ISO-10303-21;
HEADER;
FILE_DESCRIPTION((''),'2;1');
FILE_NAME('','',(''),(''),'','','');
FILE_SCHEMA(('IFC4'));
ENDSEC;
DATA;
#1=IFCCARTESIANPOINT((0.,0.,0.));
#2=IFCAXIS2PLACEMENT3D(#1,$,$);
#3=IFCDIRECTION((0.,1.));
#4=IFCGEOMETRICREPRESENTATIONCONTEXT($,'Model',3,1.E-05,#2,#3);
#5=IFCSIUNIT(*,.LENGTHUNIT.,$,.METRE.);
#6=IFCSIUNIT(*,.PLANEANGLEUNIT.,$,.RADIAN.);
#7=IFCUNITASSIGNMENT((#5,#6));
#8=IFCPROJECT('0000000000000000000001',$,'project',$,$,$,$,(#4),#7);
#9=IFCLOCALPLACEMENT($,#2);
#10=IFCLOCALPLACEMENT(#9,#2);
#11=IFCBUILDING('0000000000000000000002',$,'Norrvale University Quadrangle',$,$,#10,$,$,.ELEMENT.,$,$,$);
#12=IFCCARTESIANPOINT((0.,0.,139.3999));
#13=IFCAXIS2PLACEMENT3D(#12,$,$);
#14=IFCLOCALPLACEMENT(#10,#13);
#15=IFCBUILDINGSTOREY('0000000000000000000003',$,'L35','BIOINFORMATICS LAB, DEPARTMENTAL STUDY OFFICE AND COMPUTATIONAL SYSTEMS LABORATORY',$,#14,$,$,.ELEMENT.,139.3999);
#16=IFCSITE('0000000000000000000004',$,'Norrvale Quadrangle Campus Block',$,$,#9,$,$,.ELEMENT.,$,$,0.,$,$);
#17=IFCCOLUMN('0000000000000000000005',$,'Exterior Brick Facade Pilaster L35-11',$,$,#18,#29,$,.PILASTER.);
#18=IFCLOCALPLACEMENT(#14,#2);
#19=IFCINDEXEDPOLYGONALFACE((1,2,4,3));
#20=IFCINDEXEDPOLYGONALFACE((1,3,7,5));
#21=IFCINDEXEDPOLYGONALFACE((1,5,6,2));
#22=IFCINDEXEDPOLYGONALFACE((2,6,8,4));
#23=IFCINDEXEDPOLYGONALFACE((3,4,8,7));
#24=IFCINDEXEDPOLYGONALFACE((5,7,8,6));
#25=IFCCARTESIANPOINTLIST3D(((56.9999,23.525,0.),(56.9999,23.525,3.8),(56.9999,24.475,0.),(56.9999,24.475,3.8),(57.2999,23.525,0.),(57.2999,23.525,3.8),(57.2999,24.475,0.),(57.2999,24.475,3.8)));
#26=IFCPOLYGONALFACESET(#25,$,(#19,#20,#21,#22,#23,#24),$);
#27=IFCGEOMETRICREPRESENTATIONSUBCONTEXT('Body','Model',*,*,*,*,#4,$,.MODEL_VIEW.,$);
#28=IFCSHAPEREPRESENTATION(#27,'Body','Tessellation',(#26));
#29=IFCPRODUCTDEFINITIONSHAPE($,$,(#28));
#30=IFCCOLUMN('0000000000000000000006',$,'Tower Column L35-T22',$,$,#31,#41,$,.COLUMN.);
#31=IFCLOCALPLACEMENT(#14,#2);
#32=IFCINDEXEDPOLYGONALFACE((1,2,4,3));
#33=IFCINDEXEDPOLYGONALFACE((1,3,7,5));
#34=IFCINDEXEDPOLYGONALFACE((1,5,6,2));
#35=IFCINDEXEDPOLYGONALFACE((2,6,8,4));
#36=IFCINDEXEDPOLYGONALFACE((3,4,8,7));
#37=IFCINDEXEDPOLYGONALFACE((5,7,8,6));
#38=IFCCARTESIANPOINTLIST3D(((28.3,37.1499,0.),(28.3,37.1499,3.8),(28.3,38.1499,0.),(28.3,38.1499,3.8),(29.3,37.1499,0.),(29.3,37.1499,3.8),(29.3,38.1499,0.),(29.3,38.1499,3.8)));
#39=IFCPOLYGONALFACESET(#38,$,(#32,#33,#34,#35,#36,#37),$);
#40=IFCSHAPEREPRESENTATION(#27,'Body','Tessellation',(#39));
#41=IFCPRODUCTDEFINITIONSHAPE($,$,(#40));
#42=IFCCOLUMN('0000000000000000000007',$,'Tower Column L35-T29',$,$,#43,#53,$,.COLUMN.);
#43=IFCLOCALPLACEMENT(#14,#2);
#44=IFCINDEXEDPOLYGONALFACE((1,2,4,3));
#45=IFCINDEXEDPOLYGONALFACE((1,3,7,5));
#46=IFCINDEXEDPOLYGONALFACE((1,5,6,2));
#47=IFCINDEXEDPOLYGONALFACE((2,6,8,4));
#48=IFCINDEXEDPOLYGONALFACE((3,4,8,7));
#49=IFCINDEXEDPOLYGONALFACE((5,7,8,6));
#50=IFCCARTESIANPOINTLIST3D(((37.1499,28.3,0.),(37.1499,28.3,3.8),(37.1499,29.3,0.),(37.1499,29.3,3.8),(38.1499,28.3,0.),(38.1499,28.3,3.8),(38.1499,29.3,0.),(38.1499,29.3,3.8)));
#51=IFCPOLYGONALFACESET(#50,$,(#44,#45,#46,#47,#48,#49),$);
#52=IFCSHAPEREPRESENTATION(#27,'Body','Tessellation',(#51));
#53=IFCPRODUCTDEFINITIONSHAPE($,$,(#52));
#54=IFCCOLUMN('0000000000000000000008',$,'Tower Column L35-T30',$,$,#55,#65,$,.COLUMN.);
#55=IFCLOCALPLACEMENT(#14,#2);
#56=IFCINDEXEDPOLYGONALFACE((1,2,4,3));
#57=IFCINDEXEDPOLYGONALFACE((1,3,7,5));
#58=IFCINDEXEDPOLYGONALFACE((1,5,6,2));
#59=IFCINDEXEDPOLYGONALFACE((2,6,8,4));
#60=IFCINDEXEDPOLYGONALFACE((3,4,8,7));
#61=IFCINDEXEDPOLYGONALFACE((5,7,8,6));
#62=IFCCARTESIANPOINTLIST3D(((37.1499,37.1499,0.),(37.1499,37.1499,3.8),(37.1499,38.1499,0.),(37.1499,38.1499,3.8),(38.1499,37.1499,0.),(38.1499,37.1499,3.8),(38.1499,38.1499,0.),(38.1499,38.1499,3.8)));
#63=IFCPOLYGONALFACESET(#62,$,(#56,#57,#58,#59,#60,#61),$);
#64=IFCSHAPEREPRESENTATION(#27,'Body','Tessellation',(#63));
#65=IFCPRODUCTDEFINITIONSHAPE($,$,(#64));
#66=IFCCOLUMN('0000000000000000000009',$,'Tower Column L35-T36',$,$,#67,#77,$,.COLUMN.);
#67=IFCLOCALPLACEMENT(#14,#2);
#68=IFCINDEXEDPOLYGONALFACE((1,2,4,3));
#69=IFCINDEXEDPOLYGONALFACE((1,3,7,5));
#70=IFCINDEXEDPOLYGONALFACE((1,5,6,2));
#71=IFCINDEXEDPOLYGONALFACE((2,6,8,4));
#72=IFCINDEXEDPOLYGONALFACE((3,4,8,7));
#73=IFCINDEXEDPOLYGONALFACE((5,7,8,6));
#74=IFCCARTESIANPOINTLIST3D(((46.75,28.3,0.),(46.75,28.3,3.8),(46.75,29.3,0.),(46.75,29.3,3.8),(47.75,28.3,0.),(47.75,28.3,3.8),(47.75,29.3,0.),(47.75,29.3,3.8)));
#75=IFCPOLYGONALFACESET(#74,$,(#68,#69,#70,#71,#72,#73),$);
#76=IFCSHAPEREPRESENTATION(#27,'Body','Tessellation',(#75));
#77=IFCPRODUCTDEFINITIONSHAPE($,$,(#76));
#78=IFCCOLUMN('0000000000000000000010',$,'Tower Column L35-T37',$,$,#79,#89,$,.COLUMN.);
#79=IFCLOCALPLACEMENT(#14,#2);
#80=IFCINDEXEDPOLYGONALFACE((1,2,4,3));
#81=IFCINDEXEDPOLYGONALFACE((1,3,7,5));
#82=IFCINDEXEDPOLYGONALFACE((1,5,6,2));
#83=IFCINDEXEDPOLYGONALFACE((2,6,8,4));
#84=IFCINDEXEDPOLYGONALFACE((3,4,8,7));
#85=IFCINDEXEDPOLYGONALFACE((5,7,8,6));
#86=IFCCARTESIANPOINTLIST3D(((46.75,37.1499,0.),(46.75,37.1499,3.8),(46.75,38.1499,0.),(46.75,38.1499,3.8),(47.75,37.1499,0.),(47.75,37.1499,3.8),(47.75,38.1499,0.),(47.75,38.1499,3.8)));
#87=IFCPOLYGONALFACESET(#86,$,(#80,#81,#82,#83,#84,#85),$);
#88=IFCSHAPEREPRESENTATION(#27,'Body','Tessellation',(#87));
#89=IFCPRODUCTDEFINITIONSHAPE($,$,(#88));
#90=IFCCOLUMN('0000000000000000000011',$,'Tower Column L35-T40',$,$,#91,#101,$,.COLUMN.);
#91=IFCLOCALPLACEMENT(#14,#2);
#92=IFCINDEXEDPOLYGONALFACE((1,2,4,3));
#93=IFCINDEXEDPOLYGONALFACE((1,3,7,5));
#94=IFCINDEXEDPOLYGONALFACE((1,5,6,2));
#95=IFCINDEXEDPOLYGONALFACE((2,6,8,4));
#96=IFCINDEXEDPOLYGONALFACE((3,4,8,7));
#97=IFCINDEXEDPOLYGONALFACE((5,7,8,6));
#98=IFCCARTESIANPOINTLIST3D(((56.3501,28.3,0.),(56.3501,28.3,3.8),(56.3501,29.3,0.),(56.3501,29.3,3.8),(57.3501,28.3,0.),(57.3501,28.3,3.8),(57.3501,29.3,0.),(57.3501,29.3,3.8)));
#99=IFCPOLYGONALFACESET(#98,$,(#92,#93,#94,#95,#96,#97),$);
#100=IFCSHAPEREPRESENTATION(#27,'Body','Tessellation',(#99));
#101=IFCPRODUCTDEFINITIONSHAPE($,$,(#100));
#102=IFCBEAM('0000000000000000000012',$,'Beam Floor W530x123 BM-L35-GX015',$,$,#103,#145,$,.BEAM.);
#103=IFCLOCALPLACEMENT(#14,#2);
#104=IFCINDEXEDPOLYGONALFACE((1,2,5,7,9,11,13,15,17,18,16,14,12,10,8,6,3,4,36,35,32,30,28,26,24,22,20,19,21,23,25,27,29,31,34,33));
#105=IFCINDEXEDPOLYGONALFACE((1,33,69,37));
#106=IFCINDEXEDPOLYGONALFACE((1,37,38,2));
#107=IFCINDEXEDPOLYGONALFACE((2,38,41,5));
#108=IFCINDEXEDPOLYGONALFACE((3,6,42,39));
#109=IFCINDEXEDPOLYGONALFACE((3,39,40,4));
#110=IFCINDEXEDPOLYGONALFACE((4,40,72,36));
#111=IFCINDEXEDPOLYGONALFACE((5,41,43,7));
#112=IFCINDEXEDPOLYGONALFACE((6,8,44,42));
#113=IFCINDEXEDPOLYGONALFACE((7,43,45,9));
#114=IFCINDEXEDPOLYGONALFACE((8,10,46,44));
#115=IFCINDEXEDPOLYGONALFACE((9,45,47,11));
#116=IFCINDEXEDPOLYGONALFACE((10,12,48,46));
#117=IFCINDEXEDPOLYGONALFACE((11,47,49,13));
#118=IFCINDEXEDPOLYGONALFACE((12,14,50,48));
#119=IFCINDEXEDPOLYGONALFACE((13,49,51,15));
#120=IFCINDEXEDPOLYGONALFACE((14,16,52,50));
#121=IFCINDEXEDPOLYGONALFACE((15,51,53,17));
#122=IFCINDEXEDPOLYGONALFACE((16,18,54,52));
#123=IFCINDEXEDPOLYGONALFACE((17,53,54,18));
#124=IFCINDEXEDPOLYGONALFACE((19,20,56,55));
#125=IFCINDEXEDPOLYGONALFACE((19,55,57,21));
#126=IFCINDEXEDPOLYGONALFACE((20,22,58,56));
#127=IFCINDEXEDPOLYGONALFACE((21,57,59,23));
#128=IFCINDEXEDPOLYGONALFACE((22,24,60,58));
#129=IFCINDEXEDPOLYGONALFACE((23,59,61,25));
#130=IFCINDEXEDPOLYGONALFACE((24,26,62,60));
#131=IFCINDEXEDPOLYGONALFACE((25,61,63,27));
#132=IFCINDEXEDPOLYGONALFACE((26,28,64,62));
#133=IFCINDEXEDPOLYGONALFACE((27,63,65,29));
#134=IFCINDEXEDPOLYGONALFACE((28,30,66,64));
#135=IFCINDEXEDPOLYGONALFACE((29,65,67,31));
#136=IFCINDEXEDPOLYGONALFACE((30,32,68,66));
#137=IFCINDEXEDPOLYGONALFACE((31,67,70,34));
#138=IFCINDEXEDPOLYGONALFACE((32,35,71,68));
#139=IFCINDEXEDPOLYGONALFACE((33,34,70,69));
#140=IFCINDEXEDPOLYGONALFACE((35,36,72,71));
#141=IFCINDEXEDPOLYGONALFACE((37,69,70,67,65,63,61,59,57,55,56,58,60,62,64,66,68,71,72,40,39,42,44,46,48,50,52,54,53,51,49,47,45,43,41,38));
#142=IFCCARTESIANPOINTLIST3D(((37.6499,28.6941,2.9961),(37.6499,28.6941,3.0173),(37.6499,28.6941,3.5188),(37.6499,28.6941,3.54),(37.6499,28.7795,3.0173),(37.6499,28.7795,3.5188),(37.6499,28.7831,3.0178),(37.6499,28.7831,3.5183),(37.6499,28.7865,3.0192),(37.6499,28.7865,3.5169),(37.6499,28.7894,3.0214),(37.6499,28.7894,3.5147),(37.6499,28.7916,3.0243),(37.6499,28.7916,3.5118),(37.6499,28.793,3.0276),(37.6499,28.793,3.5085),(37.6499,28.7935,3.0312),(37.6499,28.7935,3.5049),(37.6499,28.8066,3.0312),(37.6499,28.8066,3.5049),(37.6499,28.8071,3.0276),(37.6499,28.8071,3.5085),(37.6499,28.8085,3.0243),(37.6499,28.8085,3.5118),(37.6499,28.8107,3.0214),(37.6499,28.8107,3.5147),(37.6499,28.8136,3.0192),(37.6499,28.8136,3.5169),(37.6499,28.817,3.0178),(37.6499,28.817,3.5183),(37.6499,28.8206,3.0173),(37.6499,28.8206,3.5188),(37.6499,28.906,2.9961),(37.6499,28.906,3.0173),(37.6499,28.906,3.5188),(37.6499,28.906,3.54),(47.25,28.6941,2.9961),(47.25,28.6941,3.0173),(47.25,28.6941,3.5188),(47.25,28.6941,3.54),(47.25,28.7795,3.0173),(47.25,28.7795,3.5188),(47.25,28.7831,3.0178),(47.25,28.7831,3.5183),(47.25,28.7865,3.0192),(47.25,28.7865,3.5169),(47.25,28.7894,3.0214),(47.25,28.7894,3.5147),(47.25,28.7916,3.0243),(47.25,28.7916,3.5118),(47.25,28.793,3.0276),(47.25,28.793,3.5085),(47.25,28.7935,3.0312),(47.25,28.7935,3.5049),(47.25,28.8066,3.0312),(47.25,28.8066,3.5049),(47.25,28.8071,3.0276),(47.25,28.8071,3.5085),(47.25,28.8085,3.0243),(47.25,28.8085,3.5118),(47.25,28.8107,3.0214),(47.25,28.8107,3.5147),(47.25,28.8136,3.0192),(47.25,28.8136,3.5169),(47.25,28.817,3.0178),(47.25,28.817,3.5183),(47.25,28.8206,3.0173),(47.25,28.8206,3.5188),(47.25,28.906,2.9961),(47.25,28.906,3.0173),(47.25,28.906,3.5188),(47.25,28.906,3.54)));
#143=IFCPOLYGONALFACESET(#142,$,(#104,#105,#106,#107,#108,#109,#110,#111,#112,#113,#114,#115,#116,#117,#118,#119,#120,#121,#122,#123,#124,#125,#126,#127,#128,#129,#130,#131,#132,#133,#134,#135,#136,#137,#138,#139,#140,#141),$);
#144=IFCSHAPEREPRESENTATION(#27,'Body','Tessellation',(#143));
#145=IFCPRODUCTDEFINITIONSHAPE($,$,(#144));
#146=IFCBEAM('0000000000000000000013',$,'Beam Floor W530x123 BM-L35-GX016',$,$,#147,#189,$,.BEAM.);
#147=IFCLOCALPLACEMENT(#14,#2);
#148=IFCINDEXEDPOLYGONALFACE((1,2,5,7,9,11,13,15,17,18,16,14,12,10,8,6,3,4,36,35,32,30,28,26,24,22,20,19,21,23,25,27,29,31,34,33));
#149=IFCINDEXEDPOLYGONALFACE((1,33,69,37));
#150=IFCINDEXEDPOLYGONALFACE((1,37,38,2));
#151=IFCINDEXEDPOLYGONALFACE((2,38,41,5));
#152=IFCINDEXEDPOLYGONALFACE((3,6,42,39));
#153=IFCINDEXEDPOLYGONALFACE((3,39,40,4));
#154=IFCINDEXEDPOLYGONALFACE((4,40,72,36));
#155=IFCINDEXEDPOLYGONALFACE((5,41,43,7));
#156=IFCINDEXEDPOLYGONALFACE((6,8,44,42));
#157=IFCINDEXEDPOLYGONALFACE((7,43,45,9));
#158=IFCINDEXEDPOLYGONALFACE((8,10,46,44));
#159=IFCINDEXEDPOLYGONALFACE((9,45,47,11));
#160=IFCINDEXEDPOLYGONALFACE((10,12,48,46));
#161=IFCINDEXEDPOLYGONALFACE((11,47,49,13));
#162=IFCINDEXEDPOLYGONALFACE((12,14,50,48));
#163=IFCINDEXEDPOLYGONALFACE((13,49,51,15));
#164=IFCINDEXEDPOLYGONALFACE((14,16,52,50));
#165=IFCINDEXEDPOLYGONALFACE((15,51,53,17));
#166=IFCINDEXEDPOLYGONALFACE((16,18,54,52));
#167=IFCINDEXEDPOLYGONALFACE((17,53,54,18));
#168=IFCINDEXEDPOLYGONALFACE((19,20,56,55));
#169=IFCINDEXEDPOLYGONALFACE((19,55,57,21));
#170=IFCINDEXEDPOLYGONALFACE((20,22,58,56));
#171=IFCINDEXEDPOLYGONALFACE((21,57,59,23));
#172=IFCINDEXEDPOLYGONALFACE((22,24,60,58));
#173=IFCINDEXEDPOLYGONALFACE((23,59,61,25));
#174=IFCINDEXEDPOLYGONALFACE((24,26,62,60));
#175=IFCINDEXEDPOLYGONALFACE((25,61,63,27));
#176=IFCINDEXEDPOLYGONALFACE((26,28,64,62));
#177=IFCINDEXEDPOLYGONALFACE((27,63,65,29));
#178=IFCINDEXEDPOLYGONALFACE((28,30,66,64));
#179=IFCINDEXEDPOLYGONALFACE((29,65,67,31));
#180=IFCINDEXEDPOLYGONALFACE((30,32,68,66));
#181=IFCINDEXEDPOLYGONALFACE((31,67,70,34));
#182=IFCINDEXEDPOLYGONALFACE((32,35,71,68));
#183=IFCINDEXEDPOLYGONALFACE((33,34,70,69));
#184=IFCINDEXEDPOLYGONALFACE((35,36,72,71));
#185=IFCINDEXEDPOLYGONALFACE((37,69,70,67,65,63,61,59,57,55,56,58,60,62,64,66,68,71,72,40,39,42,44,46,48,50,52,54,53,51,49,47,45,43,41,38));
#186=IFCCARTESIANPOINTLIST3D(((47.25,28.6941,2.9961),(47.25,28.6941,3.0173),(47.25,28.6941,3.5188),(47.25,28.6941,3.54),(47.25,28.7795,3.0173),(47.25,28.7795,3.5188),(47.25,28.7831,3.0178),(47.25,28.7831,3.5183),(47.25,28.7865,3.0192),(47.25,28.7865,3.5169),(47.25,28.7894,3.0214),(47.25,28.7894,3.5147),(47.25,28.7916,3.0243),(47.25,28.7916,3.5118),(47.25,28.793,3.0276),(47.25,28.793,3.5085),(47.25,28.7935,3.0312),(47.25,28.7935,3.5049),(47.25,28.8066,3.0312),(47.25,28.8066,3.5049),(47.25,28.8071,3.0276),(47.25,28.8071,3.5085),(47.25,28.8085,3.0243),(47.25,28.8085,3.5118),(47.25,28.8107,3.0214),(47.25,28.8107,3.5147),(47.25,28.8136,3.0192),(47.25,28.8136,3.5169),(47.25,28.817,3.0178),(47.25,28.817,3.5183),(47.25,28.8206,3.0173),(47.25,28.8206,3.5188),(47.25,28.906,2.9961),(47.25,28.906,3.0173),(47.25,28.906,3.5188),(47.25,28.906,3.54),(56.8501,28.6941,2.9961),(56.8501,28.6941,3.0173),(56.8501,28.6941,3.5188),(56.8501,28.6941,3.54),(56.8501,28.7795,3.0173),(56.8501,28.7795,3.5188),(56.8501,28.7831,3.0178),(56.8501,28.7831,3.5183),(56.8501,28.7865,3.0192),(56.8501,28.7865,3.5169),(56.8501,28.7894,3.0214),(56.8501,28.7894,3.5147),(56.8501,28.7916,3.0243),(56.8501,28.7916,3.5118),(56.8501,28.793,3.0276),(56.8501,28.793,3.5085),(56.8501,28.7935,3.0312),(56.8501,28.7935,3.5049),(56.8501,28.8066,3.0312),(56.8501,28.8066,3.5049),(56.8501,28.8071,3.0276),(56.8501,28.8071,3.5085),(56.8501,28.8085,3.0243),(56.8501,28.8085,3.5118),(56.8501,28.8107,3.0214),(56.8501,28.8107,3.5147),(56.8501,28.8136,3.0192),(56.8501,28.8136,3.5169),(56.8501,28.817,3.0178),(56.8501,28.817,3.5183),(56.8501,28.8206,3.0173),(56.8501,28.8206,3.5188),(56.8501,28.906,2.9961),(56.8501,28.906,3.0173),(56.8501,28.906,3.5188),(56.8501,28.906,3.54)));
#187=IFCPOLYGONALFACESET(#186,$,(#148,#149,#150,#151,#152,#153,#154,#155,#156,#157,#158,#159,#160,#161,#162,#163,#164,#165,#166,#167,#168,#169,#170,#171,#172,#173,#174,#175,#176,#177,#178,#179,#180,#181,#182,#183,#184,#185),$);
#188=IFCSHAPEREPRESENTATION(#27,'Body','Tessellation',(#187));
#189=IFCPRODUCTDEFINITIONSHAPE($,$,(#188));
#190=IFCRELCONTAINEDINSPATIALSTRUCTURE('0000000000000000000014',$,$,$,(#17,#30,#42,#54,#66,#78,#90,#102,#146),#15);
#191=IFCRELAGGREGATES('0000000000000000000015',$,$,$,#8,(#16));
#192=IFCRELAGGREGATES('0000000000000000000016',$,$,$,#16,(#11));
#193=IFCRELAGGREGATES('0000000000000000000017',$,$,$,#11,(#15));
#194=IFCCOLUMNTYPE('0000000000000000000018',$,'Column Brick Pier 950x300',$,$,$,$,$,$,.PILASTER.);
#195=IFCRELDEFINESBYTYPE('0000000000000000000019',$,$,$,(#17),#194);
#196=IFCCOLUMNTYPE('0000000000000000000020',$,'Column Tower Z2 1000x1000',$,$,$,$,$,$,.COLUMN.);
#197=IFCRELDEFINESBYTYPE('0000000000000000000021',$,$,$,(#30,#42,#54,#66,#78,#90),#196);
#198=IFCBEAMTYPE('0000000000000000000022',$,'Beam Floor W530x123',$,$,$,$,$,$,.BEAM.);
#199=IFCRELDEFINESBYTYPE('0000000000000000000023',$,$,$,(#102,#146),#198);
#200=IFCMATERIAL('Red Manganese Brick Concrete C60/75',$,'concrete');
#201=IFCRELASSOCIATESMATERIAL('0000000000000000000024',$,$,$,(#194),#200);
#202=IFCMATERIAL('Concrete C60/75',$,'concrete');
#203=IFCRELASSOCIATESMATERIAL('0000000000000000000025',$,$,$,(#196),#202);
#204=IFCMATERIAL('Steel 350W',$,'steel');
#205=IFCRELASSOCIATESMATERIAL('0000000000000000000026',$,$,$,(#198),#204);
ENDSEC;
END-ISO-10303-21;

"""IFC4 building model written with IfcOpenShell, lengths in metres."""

from ifc_helpers import new_model, si_unit, direction, frame, origin, origin_2d, place, context, subcontext, project, spatial, rectangle, i_section, extrude, material, material_profile, profile_set, type_object, element, save


model = new_model("IFC4")

# Units and contexts
model_context = context("Model", 3, precision=1e-05, world=origin(), true_north=direction((0.0, 1.0)))
body_context = subcontext(model_context, "Body", "Model", "MODEL_VIEW")
ifc_project = project(units=[si_unit("LENGTHUNIT", "METRE"), si_unit("PLANEANGLEUNIT", "RADIAN")], contexts=[model_context])

# Site, building, storey
site_placement = place(None, origin())
site = spatial("IfcSite", under=ifc_project, at=site_placement, Name="Norrvale Quadrangle Campus Block", CompositionType="ELEMENT", RefElevation=0.0)
building_placement = place(site_placement, origin())
building = spatial("IfcBuilding", under=site, at=building_placement, Name="Norrvale University Quadrangle", CompositionType="ELEMENT")
storey_placement = place(building_placement, frame((0.0, 0.0, 139.3999)))
storey = spatial("IfcBuildingStorey", under=building, at=storey_placement, Name="L35", Description="BIOINFORMATICS LAB, DEPARTMENTAL STUDY OFFICE AND COMPUTATIONAL SYSTEMS LABORATORY", CompositionType="ELEMENT", Elevation=139.3999)

# Columns
ifc_material_1 = material(Name="Red Manganese Brick Concrete C60/75", Category="concrete")
ifc_material_profile_1 = material_profile(ifc_material_1, rectangle(XDim=0.95, YDim=0.3, at=origin_2d()), Name="Red Manganese Brick Concrete C60/75")
ifc_profile_set_1 = profile_set([ifc_material_profile_1], Name="Red Manganese Brick Concrete C60/75")
column_type_1 = type_object("IfcColumnType", Name="Column Brick Pier 950x300", PredefinedType="PILASTER", material=ifc_profile_set_1)
column_placement = place(storey_placement, frame((57.1499, 24.0, 0.0), z_axis=(0.0, 0.0, 1.0), x_axis=(0.0, 1.0, 0.0)))
element("IfcColumn", 1, at=column_placement, inside=storey, type_object=column_type_1, Name="Exterior Brick Facade Pilaster L35-11", PredefinedType="PILASTER", context=body_context, shape_type="SweptSolid", body=[
    extrude(rectangle(XDim=0.95, YDim=0.3, at=origin_2d()), origin(), (0.0, 0.0, 1.0), 3.8),
])
ifc_material_2 = material(Name="Concrete C60/75", Category="concrete")
ifc_material_profile_2 = material_profile(ifc_material_2, rectangle(XDim=1.0, YDim=1.0, at=origin_2d()), Name="Concrete C60/75")
ifc_profile_set_2 = profile_set([ifc_material_profile_2], Name="Concrete C60/75")
column_type_2 = type_object("IfcColumnType", Name="Column Tower Z2 1000x1000", PredefinedType="COLUMN", material=ifc_profile_set_2)
for number, where, z_axis, x_axis, name in (
    (2, (28.8, 37.6499, 0.0), (0.0, 0.0, 1.0), (1.0, 0.0, 0.0), "Tower Column L35-T22"),
    (3, (37.6499, 28.8, 0.0), (0.0, 0.0, 1.0), (1.0, 0.0, 0.0), "Tower Column L35-T29"),
    (4, (37.6499, 37.6499, 0.0), (0.0, 0.0, 1.0), (1.0, 0.0, 0.0), "Tower Column L35-T30"),
    (5, (47.25, 28.8, 0.0), (0.0, 0.0, 1.0), (1.0, 0.0, 0.0), "Tower Column L35-T36"),
    (6, (47.25, 37.6499, 0.0), (0.0, 0.0, 1.0), (1.0, 0.0, 0.0), "Tower Column L35-T37"),
    (7, (56.8501, 28.8, 0.0), (0.0, 0.0, 1.0), (1.0, 0.0, 0.0), "Tower Column L35-T40"),
):
    element("IfcColumn", number, at=place(storey_placement, frame(where, z_axis=z_axis, x_axis=x_axis)), inside=storey, type_object=column_type_2, Name=name, PredefinedType="COLUMN", context=body_context, shape_type="SweptSolid", body=[
        extrude(rectangle(XDim=1.0, YDim=1.0, at=origin_2d()), origin(), (0.0, 0.0, 1.0), 3.8),
    ])

# Beams
ifc_material_3 = material(Name="Steel 350W", Category="steel")
ifc_material_profile_3 = material_profile(ifc_material_3, i_section(OverallWidth=0.2119, OverallDepth=0.5439, WebThickness=0.0132, FlangeThickness=0.0212, FilletRadius=0.0139, at=origin_2d()), Name="Steel 350W")
ifc_profile_set_3 = profile_set([ifc_material_profile_3], Name="Steel 350W")
beam_type_1 = type_object("IfcBeamType", Name="Beam Floor W530x123", PredefinedType="BEAM", material=ifc_profile_set_3)
for number, where, z_axis, x_axis, name in (
    (8, (37.6499, 28.8, 3.2681), (1.0, 0.0, 0.0), (0.0, 1.0, 0.0), "Beam Floor W530x123 BM-L35-GX015"),
    (9, (47.25, 28.8, 3.2681), (1.0, 0.0, 0.0), (0.0, 1.0, 0.0), "Beam Floor W530x123 BM-L35-GX016"),
):
    element("IfcBeam", number, at=place(storey_placement, frame(where, z_axis=z_axis, x_axis=x_axis)), inside=storey, type_object=beam_type_1, Name=name, PredefinedType="BEAM", context=body_context, shape_type="SweptSolid", body=[
        extrude(i_section(OverallWidth=0.2119, OverallDepth=0.5439, WebThickness=0.0132, FlangeThickness=0.0212, FilletRadius=0.0139, at=origin_2d()), origin(), (0.0, 0.0, 1.0), 9.6001),
    ])

save(model, "model.ifc")
